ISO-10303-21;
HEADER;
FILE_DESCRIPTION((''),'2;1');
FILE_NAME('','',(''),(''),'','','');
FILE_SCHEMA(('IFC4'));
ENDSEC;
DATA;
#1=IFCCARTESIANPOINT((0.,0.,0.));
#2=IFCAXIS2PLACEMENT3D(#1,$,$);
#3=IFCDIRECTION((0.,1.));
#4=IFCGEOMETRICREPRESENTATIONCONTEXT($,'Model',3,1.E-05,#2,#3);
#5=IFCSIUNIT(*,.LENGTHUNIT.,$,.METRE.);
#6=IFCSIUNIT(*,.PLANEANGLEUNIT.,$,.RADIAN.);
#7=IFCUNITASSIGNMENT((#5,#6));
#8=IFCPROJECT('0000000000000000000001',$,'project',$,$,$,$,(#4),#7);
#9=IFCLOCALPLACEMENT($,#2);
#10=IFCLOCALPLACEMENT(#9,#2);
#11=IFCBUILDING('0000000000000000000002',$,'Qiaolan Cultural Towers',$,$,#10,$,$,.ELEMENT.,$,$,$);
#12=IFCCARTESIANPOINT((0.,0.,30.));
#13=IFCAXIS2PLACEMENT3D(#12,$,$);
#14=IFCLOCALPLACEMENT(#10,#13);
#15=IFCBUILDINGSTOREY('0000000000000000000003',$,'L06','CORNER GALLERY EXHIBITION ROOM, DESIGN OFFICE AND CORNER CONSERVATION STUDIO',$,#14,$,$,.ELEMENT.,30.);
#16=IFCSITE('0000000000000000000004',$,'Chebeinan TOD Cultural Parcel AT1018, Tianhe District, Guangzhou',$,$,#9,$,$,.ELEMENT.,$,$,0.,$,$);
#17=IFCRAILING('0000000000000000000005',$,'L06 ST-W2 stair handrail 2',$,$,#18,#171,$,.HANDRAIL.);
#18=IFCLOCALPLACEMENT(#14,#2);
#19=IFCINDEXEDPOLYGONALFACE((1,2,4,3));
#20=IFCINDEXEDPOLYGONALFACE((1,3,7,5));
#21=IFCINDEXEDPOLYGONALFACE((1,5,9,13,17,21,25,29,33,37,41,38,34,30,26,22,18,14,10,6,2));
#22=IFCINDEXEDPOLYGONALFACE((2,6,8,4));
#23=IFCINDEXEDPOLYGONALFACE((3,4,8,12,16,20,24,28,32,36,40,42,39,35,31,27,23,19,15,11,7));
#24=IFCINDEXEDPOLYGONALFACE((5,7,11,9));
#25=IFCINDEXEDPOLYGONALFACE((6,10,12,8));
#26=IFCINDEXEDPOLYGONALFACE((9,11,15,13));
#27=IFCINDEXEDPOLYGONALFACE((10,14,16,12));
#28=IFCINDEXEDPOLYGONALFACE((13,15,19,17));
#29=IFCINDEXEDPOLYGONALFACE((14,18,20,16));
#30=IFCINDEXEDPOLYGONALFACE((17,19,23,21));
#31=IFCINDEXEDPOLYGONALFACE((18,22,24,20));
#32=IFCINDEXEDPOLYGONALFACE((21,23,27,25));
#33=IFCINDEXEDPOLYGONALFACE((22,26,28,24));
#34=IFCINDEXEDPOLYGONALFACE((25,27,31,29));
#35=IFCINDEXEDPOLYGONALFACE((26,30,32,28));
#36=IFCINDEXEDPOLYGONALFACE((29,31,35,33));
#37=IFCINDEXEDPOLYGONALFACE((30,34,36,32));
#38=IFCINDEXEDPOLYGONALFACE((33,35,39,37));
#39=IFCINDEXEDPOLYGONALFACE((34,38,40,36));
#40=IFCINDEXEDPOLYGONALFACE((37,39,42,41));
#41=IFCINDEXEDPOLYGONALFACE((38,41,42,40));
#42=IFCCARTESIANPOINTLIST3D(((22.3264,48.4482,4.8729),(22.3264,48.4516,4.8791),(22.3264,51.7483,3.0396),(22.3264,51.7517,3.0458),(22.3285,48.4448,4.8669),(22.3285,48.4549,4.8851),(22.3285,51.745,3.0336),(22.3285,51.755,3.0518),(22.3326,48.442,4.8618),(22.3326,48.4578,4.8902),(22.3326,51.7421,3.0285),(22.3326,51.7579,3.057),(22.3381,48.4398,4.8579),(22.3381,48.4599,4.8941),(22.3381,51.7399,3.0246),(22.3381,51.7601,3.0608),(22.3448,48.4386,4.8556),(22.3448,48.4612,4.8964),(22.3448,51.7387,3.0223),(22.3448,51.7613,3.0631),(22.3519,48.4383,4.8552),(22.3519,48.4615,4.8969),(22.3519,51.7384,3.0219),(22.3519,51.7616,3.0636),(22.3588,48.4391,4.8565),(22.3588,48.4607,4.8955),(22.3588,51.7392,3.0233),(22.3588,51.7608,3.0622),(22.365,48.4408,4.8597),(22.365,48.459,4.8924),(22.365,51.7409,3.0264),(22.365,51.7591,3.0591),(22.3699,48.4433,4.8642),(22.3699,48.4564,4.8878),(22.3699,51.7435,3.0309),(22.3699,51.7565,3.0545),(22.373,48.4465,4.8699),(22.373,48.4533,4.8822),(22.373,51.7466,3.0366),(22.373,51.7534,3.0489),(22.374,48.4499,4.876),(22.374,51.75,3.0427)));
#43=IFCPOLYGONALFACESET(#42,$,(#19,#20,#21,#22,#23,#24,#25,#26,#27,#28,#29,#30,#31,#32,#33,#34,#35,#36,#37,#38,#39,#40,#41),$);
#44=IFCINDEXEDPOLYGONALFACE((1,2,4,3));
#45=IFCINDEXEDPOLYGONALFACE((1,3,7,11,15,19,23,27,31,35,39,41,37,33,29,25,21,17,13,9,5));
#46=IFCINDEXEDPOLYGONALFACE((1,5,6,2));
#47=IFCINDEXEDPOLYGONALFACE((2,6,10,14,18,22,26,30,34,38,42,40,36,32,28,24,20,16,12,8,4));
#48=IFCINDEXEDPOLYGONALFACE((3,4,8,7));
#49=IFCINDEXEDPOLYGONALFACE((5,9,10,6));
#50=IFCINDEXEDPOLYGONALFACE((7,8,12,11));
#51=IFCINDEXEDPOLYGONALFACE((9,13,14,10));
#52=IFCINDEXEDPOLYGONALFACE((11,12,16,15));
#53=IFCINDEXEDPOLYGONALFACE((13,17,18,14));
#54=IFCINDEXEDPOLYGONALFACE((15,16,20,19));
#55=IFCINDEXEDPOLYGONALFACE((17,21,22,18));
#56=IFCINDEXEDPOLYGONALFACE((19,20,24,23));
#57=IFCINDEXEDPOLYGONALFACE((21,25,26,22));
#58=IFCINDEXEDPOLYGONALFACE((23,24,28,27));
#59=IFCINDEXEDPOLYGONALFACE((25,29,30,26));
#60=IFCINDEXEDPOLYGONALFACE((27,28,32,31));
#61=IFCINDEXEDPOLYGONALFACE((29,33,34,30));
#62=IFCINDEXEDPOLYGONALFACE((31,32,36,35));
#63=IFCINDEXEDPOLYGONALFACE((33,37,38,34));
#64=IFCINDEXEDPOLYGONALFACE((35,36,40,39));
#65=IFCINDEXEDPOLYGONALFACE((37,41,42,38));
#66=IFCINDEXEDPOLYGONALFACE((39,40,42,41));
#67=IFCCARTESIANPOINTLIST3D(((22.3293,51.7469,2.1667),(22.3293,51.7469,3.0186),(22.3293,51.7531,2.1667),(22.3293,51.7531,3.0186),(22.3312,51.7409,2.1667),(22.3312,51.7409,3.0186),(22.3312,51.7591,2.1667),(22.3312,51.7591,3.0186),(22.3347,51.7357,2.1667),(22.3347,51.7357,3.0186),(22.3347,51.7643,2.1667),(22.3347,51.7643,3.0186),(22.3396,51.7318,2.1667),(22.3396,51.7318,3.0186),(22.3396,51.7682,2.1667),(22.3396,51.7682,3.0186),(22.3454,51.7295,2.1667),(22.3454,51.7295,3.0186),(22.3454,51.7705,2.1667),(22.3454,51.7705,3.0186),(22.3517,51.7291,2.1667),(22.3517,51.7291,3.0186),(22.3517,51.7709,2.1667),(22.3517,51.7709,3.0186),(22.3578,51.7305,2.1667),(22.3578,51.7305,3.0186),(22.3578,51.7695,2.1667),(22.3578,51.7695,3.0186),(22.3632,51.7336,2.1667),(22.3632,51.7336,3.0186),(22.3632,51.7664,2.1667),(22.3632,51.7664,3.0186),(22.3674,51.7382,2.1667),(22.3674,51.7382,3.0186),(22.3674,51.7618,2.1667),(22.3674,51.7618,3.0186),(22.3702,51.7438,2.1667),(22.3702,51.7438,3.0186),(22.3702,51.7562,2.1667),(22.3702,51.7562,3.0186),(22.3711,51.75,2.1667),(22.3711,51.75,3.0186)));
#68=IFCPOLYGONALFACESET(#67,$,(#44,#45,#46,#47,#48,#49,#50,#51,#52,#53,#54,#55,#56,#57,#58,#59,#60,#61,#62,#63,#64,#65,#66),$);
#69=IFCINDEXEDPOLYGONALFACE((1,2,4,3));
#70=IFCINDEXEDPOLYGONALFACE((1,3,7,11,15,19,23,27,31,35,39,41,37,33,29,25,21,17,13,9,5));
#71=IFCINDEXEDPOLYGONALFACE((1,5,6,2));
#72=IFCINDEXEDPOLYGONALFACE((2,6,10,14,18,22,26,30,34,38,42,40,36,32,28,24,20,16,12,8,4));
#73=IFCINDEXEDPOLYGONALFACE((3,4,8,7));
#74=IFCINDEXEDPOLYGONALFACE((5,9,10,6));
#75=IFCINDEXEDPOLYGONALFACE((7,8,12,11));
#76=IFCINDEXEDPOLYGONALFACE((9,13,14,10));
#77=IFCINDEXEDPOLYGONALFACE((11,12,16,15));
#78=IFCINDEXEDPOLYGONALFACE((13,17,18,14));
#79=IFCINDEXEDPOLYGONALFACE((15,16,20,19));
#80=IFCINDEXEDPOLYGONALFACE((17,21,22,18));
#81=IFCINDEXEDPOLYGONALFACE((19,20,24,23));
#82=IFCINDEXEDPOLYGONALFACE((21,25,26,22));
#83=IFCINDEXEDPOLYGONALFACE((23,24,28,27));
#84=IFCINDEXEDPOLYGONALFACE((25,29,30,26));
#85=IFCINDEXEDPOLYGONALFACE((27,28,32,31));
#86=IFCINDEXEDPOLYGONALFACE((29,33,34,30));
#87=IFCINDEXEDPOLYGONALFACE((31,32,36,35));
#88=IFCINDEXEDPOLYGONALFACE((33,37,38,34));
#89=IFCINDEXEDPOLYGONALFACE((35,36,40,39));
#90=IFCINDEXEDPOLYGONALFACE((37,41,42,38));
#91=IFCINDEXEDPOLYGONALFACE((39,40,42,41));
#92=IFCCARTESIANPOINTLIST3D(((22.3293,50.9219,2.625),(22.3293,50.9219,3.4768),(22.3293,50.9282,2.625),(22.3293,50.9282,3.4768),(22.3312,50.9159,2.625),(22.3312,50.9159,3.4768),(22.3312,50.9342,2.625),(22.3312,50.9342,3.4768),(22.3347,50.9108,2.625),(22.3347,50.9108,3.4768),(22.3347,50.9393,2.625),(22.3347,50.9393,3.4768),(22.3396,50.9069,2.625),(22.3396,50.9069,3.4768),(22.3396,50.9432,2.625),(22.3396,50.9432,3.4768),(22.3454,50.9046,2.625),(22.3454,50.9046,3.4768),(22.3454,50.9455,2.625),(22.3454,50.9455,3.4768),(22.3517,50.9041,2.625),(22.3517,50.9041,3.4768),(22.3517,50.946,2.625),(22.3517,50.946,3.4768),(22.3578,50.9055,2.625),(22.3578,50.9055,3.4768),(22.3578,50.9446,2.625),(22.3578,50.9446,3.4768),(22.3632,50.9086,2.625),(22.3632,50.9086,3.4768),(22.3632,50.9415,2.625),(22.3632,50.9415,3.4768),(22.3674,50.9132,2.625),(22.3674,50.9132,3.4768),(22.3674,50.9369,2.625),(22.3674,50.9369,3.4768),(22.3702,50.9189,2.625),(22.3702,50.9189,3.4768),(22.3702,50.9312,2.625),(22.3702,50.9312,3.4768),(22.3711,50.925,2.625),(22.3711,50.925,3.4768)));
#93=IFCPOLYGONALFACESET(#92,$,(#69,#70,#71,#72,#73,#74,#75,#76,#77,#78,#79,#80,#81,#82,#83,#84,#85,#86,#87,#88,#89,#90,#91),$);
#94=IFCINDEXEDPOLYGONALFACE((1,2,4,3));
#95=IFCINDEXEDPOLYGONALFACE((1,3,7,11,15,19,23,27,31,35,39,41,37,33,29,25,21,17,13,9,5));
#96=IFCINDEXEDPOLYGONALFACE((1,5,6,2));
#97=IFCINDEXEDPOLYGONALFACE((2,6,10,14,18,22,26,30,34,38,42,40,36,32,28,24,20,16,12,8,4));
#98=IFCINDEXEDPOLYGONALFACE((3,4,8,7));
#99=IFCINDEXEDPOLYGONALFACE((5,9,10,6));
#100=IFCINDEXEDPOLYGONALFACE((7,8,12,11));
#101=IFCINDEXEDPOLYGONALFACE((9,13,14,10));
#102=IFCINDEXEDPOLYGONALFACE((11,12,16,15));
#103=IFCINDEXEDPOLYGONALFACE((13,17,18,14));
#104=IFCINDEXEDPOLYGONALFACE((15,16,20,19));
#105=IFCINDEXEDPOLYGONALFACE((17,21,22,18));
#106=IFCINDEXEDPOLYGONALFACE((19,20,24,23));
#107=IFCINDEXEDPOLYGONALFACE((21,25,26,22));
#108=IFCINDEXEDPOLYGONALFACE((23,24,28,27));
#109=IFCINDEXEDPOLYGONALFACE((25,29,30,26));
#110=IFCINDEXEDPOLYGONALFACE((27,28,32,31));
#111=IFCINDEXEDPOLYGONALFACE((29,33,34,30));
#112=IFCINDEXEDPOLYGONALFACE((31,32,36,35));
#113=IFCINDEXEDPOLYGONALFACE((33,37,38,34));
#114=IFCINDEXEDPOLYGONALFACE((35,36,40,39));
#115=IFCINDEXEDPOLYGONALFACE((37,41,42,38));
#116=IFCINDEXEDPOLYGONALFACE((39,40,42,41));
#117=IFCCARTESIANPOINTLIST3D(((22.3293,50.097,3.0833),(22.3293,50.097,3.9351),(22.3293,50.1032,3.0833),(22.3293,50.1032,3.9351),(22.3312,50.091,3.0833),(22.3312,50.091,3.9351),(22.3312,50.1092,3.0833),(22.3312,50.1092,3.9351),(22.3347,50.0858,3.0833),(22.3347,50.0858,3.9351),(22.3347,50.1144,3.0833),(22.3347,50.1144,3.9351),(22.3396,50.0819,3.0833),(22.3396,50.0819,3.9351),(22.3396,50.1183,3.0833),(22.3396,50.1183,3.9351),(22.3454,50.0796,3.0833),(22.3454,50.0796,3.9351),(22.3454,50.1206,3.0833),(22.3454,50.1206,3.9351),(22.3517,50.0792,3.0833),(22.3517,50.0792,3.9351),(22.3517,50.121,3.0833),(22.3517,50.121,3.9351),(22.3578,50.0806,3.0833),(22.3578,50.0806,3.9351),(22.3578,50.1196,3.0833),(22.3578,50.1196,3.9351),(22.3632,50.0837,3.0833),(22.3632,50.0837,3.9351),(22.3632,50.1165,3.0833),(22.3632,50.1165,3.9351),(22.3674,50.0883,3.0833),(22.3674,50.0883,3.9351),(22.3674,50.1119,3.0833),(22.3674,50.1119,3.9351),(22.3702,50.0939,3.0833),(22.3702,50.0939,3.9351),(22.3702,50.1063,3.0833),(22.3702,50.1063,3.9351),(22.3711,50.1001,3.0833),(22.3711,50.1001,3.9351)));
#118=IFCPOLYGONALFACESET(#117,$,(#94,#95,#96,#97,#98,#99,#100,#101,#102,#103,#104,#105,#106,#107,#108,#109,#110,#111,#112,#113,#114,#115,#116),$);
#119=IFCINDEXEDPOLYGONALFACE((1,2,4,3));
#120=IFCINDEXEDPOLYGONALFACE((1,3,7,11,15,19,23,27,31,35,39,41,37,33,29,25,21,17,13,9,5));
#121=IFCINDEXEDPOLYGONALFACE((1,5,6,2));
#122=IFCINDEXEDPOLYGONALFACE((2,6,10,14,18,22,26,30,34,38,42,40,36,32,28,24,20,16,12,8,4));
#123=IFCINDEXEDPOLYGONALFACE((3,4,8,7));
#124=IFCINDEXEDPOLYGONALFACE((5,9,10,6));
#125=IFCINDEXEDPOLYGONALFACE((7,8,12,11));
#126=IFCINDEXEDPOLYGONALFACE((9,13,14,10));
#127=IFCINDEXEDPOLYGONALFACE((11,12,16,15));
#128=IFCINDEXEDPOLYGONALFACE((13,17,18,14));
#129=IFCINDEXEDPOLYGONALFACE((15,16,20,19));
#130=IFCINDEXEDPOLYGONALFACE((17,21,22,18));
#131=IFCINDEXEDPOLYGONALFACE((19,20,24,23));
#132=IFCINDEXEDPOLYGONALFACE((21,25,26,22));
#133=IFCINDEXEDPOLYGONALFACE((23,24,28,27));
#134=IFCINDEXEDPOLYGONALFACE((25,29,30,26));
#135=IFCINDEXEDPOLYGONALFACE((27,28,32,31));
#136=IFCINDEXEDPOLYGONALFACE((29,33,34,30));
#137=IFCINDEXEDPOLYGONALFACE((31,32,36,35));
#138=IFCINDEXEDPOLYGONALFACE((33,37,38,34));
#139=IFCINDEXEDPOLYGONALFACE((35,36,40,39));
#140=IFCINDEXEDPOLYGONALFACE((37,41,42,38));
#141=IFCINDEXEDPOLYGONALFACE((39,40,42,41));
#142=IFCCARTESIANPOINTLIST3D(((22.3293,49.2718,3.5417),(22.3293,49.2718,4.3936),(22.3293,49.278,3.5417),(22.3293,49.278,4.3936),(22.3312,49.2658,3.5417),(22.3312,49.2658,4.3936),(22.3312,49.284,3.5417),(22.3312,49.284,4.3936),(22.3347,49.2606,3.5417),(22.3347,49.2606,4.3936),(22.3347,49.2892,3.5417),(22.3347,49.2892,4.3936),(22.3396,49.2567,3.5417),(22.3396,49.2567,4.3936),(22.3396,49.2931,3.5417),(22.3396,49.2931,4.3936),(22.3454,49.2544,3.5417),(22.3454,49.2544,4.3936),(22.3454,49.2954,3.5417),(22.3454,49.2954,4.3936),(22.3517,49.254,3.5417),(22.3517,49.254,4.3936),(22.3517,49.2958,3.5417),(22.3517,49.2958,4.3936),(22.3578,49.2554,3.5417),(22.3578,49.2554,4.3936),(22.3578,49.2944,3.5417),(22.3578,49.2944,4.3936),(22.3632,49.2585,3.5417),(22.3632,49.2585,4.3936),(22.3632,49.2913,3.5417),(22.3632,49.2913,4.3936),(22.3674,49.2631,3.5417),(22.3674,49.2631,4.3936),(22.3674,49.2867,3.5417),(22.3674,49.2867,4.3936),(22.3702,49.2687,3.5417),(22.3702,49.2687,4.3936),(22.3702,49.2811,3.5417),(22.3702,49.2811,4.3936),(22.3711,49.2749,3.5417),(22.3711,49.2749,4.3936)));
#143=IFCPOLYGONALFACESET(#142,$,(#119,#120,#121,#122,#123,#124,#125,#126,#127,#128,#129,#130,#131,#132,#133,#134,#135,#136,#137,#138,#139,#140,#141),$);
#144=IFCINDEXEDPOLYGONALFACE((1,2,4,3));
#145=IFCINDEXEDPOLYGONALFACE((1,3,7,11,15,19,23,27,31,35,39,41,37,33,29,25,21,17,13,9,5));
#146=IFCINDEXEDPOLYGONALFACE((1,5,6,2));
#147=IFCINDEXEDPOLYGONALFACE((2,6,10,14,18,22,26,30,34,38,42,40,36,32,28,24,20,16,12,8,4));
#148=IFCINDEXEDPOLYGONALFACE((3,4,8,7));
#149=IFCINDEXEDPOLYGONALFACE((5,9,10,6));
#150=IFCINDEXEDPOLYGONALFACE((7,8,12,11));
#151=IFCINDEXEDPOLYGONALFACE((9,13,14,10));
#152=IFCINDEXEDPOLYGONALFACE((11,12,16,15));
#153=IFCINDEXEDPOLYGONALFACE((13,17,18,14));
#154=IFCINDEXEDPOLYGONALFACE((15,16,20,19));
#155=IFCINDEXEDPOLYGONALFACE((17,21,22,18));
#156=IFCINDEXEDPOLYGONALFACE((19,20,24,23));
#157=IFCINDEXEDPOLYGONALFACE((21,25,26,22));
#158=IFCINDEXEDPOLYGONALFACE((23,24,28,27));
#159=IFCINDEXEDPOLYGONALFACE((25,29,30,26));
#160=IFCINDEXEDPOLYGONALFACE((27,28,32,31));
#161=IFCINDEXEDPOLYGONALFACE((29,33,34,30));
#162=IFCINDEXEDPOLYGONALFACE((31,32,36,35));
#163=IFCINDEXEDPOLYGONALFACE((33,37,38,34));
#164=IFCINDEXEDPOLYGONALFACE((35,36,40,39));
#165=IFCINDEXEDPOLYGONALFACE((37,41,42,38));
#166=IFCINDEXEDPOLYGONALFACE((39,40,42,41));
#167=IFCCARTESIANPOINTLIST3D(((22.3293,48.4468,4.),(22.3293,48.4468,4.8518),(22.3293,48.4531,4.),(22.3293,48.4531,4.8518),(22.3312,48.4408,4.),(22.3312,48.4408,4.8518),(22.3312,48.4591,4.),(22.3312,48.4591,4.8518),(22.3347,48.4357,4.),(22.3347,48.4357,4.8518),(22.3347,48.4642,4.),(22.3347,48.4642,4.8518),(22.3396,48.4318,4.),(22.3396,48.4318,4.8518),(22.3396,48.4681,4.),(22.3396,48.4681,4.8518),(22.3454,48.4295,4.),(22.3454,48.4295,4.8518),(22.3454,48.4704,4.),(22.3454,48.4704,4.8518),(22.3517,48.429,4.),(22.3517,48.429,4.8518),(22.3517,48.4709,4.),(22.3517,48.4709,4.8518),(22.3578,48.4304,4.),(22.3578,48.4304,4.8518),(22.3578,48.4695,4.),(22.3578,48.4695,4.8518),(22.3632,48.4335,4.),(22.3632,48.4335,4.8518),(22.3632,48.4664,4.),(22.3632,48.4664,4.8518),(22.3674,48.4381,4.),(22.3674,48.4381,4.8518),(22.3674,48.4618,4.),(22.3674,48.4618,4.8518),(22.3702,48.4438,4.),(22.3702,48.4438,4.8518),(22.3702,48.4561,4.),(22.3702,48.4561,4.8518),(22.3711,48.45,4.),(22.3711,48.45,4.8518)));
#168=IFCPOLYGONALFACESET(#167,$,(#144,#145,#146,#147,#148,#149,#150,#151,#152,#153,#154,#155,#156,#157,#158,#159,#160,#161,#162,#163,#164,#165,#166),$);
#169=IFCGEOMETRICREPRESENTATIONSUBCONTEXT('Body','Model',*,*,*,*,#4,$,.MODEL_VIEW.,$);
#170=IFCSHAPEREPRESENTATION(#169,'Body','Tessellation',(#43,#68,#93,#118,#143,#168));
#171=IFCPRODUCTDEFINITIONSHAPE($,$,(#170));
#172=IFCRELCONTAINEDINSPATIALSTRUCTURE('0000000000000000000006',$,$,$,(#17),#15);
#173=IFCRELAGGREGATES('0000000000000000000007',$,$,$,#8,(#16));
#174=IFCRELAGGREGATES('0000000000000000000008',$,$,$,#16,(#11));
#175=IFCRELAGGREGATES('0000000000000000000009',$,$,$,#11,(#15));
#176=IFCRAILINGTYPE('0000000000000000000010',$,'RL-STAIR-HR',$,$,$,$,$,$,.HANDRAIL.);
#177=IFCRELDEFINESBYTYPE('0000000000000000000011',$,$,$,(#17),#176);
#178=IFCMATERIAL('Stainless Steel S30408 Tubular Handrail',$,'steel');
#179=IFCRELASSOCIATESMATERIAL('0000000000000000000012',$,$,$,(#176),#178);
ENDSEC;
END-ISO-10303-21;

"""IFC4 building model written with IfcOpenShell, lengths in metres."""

from ifc_helpers import new_model, si_unit, direction, frame, origin, origin_2d, place, context, subcontext, project, spatial, circle, extrude, material, type_object, element, save


model = new_model("IFC4")

# Units and contexts
model_context = context("Model", 3, precision=1e-05, world=origin(), true_north=direction((0.0, 1.0)))
body_context = subcontext(model_context, "Body", "Model", "MODEL_VIEW")
ifc_project = project(units=[si_unit("LENGTHUNIT", "METRE"), si_unit("PLANEANGLEUNIT", "RADIAN")], contexts=[model_context])

# Site, building, storey
site_placement = place(None, origin())
site = spatial("IfcSite", under=ifc_project, at=site_placement, Name="Chebeinan TOD Cultural Parcel AT1018, Tianhe District, Guangzhou", CompositionType="ELEMENT", RefElevation=0.0)
building_placement = place(site_placement, origin())
building = spatial("IfcBuilding", under=site, at=building_placement, Name="Qiaolan Cultural Towers", CompositionType="ELEMENT")
storey_placement = place(building_placement, frame((0.0, 0.0, 30.0)))
storey = spatial("IfcBuildingStorey", under=building, at=storey_placement, Name="L06", Description="CORNER GALLERY EXHIBITION ROOM, DESIGN OFFICE AND CORNER CONSERVATION STUDIO", CompositionType="ELEMENT", Elevation=30.0)

# Railing
ifc_material_1 = material(Name="Stainless Steel S30408 Tubular Handrail", Category="steel")
railing_type_1 = type_object("IfcRailingType", Name="RL-STAIR-HR", PredefinedType="HANDRAIL", material=ifc_material_1)
railing_1_placement = place(storey_placement, frame((22.3501, 51.75, 2.1667)))
element("IfcRailing", 1, at=railing_1_placement, inside=storey, type_object=railing_type_1, Name="L06 ST-W2 stair handrail 2", PredefinedType="HANDRAIL", context=body_context, shape_type="SweptSolid", body=[
    extrude(circle(Radius=0.0239, at=origin_2d()), frame((0.0, 0.0, 0.876), z_axis=(0.0, -0.874169, 0.485621), x_axis=(1.0, 0.0, 0.0)), (0.0, 0.0, 1.0), 3.7751),
    extrude(circle(Radius=0.021, at=origin_2d()), origin(), (0.0, 0.0, 1.0), 0.8518),
    extrude(circle(Radius=0.021, at=origin_2d()), frame((0.0, -0.825, 0.4583)), (0.0, 0.0, 1.0), 0.8518),
    extrude(circle(Radius=0.021, at=origin_2d()), frame((0.0, -1.6499, 0.9165)), (0.0, 0.0, 1.0), 0.8518),
    extrude(circle(Radius=0.021, at=origin_2d()), frame((0.0, -2.4751, 1.375)), (0.0, 0.0, 1.0), 0.8518),
    extrude(circle(Radius=0.021, at=origin_2d()), frame((0.0, -3.3, 1.8333)), (0.0, 0.0, 1.0), 0.8518),
])

save(model, "model.ifc")
